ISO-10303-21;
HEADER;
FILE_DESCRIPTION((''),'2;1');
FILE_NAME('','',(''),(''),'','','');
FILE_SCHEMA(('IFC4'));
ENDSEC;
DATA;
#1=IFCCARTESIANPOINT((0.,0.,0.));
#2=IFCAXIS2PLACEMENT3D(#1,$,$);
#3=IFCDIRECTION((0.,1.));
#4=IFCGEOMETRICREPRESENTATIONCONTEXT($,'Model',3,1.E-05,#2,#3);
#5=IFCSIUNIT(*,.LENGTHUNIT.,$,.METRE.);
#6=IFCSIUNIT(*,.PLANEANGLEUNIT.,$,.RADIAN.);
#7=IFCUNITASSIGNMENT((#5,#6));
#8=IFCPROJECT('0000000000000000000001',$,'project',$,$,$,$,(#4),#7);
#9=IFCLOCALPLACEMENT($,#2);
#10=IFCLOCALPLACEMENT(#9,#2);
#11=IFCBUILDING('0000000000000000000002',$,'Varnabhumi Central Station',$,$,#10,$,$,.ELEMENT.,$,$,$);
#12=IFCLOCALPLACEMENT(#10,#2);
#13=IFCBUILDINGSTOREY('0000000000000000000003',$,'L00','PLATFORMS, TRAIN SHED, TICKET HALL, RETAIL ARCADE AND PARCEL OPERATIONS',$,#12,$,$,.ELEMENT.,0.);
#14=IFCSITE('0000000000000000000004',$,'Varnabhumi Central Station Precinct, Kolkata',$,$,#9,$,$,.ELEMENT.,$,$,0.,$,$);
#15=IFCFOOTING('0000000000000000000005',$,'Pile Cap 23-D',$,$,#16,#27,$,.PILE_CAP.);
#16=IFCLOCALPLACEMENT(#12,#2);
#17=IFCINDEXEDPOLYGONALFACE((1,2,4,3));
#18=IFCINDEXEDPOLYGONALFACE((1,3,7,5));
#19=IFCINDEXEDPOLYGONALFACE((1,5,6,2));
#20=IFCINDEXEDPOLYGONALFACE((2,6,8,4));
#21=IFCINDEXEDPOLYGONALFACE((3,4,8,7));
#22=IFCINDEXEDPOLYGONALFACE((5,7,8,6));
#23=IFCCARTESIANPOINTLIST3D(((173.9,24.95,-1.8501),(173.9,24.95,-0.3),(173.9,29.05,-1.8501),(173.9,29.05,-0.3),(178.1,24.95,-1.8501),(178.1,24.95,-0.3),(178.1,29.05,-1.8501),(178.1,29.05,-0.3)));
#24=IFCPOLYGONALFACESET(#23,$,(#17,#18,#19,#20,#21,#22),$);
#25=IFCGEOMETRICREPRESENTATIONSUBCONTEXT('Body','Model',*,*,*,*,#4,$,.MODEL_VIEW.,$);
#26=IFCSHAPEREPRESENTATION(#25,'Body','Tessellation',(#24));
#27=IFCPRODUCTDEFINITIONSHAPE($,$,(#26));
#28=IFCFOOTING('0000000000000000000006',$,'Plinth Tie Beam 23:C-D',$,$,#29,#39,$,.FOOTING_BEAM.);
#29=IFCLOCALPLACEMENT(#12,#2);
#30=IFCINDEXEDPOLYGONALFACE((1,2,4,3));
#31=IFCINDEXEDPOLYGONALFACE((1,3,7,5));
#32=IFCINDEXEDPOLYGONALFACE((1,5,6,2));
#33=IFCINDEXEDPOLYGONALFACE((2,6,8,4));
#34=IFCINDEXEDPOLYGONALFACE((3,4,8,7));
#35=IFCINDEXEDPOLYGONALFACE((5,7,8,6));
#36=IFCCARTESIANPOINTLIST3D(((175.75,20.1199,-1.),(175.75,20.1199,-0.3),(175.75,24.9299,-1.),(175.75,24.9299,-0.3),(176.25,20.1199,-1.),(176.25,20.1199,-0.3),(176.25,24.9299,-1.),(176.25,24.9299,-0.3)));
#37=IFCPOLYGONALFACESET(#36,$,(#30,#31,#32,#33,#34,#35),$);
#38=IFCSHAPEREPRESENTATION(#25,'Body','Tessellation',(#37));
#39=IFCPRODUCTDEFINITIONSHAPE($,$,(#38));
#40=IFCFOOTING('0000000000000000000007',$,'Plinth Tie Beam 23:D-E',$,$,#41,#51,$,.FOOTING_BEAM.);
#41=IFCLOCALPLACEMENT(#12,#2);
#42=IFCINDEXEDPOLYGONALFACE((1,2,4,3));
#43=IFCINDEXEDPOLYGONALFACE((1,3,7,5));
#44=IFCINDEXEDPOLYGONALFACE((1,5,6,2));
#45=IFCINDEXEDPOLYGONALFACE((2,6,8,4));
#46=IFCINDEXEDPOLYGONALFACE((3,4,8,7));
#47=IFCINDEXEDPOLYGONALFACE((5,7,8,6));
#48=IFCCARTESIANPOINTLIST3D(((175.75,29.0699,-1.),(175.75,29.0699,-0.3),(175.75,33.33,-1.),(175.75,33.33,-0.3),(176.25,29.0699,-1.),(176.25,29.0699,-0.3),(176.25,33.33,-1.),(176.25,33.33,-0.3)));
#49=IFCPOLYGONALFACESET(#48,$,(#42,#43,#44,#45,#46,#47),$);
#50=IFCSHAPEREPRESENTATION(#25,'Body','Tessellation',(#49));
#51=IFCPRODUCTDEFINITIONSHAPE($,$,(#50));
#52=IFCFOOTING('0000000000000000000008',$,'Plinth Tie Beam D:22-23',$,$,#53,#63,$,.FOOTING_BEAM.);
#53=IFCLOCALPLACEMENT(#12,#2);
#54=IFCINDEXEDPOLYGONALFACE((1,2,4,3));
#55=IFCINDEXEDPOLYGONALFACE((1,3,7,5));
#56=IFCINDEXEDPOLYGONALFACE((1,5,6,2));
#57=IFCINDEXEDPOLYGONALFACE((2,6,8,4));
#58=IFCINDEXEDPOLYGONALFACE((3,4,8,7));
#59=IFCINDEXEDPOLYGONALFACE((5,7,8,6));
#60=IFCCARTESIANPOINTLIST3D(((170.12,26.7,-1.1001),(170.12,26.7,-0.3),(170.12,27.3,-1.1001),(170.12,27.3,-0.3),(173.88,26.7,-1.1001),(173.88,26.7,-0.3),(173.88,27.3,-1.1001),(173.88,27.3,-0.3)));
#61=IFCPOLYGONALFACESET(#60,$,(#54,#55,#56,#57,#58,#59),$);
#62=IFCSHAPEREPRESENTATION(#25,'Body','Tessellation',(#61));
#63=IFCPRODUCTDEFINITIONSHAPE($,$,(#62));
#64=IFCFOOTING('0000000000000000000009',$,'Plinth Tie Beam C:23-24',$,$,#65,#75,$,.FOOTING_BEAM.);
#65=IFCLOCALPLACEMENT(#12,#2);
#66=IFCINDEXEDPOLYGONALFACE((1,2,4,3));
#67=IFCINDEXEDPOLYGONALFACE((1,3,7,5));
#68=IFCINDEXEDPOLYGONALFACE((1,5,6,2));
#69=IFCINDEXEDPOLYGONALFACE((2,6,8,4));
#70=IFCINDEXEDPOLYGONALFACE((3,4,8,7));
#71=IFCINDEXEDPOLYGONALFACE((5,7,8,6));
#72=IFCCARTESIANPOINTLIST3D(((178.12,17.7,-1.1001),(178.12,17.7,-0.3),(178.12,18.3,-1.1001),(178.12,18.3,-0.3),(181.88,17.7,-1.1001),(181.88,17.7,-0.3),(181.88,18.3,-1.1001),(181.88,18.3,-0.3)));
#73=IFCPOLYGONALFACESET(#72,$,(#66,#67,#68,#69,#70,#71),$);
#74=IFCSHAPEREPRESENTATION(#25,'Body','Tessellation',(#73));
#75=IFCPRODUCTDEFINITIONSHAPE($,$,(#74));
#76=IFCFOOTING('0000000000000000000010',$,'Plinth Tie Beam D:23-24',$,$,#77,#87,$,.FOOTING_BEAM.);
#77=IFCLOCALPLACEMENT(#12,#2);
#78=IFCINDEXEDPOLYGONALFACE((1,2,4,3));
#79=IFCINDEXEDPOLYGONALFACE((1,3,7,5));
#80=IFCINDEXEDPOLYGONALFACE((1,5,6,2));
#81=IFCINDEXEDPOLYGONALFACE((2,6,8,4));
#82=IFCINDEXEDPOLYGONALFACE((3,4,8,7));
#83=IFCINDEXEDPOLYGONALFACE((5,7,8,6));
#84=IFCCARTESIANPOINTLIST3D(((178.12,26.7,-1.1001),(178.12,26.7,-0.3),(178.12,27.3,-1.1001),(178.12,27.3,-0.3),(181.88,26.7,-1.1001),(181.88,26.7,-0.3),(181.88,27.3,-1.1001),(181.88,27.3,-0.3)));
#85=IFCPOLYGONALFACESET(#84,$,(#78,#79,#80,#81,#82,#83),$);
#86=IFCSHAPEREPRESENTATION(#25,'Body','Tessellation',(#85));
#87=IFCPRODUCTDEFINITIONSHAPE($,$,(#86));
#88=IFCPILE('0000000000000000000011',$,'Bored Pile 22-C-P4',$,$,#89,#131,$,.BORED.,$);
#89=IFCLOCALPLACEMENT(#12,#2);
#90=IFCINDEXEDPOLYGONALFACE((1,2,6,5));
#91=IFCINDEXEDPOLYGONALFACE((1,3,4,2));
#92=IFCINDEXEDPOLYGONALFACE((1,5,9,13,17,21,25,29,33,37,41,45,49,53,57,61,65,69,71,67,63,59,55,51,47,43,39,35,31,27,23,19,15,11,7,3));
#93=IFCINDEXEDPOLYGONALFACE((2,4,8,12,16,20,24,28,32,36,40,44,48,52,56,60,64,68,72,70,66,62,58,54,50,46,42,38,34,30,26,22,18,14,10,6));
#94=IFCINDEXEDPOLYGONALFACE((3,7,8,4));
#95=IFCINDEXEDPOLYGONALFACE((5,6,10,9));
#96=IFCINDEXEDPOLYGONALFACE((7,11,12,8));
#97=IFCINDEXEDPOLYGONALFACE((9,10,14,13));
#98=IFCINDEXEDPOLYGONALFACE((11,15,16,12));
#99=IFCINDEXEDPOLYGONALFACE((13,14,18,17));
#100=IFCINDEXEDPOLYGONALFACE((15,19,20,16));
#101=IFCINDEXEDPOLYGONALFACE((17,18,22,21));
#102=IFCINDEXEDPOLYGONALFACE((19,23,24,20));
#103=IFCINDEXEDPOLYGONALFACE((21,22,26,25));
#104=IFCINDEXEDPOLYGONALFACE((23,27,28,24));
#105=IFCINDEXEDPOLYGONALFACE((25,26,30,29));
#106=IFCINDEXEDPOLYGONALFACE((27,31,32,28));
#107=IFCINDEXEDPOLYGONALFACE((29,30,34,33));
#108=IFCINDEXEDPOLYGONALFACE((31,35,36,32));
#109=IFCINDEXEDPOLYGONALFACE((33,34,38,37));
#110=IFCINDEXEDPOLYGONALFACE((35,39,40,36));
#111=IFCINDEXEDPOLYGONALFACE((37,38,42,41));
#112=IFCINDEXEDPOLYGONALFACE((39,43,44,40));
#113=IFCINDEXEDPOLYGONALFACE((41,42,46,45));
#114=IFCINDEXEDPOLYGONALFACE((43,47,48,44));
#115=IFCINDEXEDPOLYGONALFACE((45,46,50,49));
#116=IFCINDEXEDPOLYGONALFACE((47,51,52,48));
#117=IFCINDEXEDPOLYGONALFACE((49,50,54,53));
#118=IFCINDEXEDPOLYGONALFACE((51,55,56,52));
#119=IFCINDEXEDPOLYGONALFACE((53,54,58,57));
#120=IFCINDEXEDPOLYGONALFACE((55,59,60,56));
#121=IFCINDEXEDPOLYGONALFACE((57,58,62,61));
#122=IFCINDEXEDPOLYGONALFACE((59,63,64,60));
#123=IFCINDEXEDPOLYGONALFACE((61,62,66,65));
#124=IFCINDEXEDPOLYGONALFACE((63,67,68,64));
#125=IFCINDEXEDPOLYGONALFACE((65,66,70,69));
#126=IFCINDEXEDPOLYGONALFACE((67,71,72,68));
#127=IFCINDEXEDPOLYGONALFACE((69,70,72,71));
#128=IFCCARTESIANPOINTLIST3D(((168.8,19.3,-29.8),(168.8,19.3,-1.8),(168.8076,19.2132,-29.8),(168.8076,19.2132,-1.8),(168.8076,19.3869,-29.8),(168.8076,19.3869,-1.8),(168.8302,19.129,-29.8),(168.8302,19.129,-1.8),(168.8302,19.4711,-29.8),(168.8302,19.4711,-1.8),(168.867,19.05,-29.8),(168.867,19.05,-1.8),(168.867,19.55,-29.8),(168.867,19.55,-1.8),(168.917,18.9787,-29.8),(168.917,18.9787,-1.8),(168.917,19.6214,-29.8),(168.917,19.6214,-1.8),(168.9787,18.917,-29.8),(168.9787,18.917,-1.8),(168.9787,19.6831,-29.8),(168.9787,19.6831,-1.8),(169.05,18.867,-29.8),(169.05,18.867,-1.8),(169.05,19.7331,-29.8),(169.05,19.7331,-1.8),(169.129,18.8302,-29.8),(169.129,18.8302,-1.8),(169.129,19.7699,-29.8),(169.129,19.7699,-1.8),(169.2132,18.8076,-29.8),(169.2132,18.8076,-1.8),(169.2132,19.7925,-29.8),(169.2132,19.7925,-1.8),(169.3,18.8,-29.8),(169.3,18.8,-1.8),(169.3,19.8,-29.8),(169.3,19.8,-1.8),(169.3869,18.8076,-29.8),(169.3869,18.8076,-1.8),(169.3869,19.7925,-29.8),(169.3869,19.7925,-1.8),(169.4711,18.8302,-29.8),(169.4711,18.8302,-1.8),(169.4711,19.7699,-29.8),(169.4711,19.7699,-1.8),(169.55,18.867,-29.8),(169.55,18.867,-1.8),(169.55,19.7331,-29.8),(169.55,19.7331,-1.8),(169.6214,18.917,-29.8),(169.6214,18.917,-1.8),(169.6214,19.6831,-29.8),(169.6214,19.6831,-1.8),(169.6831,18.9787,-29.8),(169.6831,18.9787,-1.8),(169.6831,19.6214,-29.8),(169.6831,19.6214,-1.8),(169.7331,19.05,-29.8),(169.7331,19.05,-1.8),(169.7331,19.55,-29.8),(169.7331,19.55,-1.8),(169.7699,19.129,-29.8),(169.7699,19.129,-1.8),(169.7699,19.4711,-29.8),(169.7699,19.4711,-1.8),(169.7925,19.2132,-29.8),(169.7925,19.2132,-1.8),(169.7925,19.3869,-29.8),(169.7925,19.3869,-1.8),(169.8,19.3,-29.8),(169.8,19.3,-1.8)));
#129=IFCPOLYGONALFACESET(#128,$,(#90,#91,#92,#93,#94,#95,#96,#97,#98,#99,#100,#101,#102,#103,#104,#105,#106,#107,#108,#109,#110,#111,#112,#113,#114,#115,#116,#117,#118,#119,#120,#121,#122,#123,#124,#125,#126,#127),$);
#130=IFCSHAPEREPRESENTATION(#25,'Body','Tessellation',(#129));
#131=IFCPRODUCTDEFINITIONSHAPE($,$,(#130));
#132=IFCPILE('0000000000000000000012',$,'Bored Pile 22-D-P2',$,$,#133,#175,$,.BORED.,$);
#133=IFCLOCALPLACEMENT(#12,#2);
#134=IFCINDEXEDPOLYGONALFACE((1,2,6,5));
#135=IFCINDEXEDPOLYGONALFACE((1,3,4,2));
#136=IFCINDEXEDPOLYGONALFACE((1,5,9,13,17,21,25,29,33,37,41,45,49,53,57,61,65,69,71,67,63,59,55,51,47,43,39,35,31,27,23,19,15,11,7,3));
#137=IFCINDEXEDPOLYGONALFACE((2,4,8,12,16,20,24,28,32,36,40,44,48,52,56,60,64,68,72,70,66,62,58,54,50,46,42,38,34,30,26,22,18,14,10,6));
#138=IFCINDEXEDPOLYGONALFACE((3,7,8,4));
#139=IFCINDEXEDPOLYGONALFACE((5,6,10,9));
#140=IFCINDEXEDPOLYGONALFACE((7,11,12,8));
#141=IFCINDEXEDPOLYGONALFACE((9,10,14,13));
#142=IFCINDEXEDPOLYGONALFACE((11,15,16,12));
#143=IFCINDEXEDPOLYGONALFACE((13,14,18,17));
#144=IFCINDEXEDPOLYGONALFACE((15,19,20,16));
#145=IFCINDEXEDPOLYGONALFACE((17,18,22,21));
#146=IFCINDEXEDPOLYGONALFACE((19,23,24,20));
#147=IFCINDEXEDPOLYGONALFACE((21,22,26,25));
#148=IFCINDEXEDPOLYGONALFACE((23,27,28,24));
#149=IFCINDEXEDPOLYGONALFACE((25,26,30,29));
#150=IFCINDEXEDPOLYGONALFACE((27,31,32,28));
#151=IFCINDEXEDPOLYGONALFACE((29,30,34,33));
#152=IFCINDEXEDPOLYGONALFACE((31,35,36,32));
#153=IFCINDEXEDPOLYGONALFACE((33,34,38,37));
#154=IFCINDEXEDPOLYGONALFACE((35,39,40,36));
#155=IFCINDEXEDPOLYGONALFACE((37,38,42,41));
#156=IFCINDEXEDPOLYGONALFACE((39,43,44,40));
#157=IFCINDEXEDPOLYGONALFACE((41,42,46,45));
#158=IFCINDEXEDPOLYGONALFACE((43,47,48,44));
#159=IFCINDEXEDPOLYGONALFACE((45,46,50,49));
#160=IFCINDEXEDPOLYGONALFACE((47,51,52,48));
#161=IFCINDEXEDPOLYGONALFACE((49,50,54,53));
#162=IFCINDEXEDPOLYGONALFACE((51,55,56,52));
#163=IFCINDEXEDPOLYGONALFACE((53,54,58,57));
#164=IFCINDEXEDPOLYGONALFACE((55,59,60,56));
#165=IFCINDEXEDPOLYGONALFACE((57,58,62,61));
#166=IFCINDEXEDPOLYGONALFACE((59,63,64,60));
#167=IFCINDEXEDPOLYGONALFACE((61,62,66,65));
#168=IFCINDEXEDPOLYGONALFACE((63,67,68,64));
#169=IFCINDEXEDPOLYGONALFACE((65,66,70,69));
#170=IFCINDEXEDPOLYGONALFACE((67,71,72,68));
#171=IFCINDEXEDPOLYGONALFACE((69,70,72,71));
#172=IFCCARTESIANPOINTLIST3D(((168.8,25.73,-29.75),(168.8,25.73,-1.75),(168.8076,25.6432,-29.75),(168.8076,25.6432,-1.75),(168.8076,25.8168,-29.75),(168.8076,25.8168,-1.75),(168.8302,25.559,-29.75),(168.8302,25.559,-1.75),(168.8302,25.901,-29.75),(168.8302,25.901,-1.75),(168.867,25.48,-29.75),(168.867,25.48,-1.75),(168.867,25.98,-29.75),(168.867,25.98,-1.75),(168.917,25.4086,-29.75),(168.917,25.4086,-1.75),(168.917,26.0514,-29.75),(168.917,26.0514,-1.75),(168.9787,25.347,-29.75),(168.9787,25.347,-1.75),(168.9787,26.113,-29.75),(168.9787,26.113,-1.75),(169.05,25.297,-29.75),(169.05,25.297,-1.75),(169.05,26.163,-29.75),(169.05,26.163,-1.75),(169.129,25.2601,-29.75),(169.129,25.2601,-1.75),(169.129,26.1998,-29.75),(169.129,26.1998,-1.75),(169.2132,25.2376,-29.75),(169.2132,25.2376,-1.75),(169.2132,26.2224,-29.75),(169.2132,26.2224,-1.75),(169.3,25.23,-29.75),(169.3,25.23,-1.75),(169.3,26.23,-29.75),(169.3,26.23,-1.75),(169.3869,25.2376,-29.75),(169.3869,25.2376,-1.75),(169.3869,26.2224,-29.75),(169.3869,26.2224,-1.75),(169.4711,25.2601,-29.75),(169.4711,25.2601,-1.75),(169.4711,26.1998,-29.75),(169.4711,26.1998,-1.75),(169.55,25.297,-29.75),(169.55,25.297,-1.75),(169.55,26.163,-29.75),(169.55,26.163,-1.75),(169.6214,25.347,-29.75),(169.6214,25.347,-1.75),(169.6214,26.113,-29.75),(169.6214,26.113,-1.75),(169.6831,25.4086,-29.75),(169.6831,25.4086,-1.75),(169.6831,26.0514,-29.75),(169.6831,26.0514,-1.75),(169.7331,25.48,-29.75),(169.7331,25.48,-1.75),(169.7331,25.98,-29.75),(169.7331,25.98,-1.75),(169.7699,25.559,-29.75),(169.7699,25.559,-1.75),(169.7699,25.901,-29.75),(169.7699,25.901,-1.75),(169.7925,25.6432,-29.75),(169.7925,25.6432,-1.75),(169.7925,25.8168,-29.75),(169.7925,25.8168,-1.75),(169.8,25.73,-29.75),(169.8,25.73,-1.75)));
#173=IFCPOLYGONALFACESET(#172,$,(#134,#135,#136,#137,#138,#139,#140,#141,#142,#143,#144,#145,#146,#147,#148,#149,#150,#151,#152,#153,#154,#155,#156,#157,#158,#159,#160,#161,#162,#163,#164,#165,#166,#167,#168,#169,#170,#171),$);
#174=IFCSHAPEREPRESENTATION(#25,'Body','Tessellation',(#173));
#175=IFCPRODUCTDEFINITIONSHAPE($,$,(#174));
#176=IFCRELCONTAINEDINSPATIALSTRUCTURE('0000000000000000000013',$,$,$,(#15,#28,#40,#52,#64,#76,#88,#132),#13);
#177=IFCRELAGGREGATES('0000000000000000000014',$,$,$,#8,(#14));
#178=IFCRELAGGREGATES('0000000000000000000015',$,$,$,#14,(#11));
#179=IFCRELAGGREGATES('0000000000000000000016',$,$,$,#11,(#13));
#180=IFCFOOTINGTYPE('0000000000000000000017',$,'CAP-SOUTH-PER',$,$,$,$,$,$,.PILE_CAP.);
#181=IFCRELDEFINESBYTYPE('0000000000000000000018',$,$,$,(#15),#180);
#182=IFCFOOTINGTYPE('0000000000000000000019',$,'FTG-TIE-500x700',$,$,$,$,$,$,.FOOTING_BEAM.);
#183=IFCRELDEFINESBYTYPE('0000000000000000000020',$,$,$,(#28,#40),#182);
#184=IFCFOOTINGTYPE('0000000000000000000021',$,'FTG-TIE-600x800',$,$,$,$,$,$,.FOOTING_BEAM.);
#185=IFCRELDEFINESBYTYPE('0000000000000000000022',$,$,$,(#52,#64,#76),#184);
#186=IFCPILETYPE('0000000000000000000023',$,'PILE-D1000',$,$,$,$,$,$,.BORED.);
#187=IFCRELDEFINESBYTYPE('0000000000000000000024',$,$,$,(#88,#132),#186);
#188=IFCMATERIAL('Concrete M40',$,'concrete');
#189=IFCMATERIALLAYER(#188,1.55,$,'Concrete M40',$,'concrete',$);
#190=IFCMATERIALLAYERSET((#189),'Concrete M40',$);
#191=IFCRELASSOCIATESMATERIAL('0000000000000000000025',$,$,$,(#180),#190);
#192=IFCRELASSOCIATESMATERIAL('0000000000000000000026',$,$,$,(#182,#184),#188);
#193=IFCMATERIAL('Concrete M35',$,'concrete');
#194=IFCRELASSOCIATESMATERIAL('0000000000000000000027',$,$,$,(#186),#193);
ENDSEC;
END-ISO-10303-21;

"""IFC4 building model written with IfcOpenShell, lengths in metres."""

from ifc_helpers import new_model, si_unit, direction, frame, origin, origin_2d, place, context, subcontext, project, spatial, rectangle, circle, extrude, material, layer, layer_set, material_profile, profile_set, type_object, element, save


model = new_model("IFC4")

# Units and contexts
model_context = context("Model", 3, precision=1e-05, world=origin(), true_north=direction((0.0, 1.0)))
body_context = subcontext(model_context, "Body", "Model", "MODEL_VIEW")
ifc_project = project(units=[si_unit("LENGTHUNIT", "METRE"), si_unit("PLANEANGLEUNIT", "RADIAN")], contexts=[model_context])

# Site, building, storey
site_placement = place(None, origin())
site = spatial("IfcSite", under=ifc_project, at=site_placement, Name="Varnabhumi Central Station Precinct, Kolkata", CompositionType="ELEMENT", RefElevation=0.0)
building_placement = place(site_placement, origin())
building = spatial("IfcBuilding", under=site, at=building_placement, Name="Varnabhumi Central Station", CompositionType="ELEMENT")
storey_placement = place(building_placement, origin())
storey = spatial("IfcBuildingStorey", under=building, at=storey_placement, Name="L00", Description="PLATFORMS, TRAIN SHED, TICKET HALL, RETAIL ARCADE AND PARCEL OPERATIONS", CompositionType="ELEMENT", Elevation=0.0)

# Footings
ifc_material_1 = material(Name="Concrete M40", Category="concrete")
ifc_layer_1 = layer(ifc_material_1, 1.55, Name="Concrete M40", Category="concrete")
ifc_layer_set_1 = layer_set([ifc_layer_1], Name="Concrete M40")
footing_type_1 = type_object("IfcFootingType", Name="CAP-SOUTH-PER", PredefinedType="PILE_CAP", material=ifc_layer_set_1)
footing_1_placement = place(storey_placement, frame((176.0, 27.0, -1.8501), z_axis=(0.0, 0.0, 1.0), x_axis=(1.0, 0.0, 0.0)))
element("IfcFooting", 1, at=footing_1_placement, inside=storey, type_object=footing_type_1, Name="Pile Cap 23-D", PredefinedType="PILE_CAP", context=body_context, shape_type="SweptSolid", body=[
    extrude(rectangle(XDim=4.2, YDim=4.1001, at=origin_2d()), origin(), (0.0, 0.0, 1.0), 1.55),
])
footing_type_2 = type_object("IfcFootingType", Name="FTG-TIE-500x700", PredefinedType="FOOTING_BEAM", material=ifc_material_1)
footing_2_placement = place(storey_placement, frame((176.0, 22.5249, -1.0), z_axis=(0.0, 0.0, 1.0), x_axis=(1.0, 0.0, 0.0)))
element("IfcFooting", 2, at=footing_2_placement, inside=storey, type_object=footing_type_2, Name="Plinth Tie Beam 23:C-D", PredefinedType="FOOTING_BEAM", context=body_context, shape_type="SweptSolid", body=[
    extrude(rectangle(XDim=0.5, YDim=4.8101, at=origin_2d()), origin(), (0.0, 0.0, 1.0), 0.7),
])
footing_3_placement = place(storey_placement, frame((176.0, 31.2, -1.0), z_axis=(0.0, 0.0, 1.0), x_axis=(1.0, 0.0, 0.0)))
element("IfcFooting", 3, at=footing_3_placement, inside=storey, type_object=footing_type_2, Name="Plinth Tie Beam 23:D-E", PredefinedType="FOOTING_BEAM", context=body_context, shape_type="SweptSolid", body=[
    extrude(rectangle(XDim=0.5, YDim=4.26, at=origin_2d()), origin(), (0.0, 0.0, 1.0), 0.7),
])
footing_type_3 = type_object("IfcFootingType", Name="FTG-TIE-600x800", PredefinedType="FOOTING_BEAM", material=ifc_material_1)
for number, where, z_axis, x_axis, name in (
    (4, (172.0, 27.0, -1.1001), (0.0, 0.0, 1.0), (1.0, 0.0, 0.0), "Plinth Tie Beam D:22-23"),
    (5, (180.0, 18.0, -1.1001), (0.0, 0.0, 1.0), (1.0, 0.0, 0.0), "Plinth Tie Beam C:23-24"),
    (6, (180.0, 27.0, -1.1001), (0.0, 0.0, 1.0), (1.0, 0.0, 0.0), "Plinth Tie Beam D:23-24"),
):
    element("IfcFooting", number, at=place(storey_placement, frame(where, z_axis=z_axis, x_axis=x_axis)), inside=storey, type_object=footing_type_3, Name=name, PredefinedType="FOOTING_BEAM", context=body_context, shape_type="SweptSolid", body=[
        extrude(rectangle(XDim=3.76, YDim=0.6001, at=origin_2d()), origin(), (0.0, 0.0, 1.0), 0.8),
    ])

# Piles
ifc_material_2 = material(Name="Concrete M35", Category="concrete")
ifc_material_profile_1 = material_profile(ifc_material_2, circle(Radius=0.5, at=origin_2d()), Name="Concrete M35", Category="concrete")
ifc_profile_set_1 = profile_set([ifc_material_profile_1], Name="Concrete M35")
pile_type_1 = type_object("IfcPileType", Name="PILE-D1000", PredefinedType="BORED", material=ifc_profile_set_1)
for number, where, z_axis, x_axis, name in (
    (7, (169.3, 19.3, -1.8), (0.0, 0.0, -1.0), (1.0, 0.0, 0.0), "Bored Pile 22-C-P4"),
    (8, (169.3, 25.73, -1.75), (0.0, 0.0, -1.0), (1.0, 0.0, 0.0), "Bored Pile 22-D-P2"),
):
    element("IfcPile", number, at=place(storey_placement, frame(where, z_axis=z_axis, x_axis=x_axis)), inside=storey, type_object=pile_type_1, Name=name, PredefinedType="BORED", context=body_context, shape_type="SweptSolid", body=[
        extrude(circle(Radius=0.5, at=origin_2d()), origin(), (0.0, 0.0, 1.0), 28.0),
    ])

save(model, "model.ifc")
